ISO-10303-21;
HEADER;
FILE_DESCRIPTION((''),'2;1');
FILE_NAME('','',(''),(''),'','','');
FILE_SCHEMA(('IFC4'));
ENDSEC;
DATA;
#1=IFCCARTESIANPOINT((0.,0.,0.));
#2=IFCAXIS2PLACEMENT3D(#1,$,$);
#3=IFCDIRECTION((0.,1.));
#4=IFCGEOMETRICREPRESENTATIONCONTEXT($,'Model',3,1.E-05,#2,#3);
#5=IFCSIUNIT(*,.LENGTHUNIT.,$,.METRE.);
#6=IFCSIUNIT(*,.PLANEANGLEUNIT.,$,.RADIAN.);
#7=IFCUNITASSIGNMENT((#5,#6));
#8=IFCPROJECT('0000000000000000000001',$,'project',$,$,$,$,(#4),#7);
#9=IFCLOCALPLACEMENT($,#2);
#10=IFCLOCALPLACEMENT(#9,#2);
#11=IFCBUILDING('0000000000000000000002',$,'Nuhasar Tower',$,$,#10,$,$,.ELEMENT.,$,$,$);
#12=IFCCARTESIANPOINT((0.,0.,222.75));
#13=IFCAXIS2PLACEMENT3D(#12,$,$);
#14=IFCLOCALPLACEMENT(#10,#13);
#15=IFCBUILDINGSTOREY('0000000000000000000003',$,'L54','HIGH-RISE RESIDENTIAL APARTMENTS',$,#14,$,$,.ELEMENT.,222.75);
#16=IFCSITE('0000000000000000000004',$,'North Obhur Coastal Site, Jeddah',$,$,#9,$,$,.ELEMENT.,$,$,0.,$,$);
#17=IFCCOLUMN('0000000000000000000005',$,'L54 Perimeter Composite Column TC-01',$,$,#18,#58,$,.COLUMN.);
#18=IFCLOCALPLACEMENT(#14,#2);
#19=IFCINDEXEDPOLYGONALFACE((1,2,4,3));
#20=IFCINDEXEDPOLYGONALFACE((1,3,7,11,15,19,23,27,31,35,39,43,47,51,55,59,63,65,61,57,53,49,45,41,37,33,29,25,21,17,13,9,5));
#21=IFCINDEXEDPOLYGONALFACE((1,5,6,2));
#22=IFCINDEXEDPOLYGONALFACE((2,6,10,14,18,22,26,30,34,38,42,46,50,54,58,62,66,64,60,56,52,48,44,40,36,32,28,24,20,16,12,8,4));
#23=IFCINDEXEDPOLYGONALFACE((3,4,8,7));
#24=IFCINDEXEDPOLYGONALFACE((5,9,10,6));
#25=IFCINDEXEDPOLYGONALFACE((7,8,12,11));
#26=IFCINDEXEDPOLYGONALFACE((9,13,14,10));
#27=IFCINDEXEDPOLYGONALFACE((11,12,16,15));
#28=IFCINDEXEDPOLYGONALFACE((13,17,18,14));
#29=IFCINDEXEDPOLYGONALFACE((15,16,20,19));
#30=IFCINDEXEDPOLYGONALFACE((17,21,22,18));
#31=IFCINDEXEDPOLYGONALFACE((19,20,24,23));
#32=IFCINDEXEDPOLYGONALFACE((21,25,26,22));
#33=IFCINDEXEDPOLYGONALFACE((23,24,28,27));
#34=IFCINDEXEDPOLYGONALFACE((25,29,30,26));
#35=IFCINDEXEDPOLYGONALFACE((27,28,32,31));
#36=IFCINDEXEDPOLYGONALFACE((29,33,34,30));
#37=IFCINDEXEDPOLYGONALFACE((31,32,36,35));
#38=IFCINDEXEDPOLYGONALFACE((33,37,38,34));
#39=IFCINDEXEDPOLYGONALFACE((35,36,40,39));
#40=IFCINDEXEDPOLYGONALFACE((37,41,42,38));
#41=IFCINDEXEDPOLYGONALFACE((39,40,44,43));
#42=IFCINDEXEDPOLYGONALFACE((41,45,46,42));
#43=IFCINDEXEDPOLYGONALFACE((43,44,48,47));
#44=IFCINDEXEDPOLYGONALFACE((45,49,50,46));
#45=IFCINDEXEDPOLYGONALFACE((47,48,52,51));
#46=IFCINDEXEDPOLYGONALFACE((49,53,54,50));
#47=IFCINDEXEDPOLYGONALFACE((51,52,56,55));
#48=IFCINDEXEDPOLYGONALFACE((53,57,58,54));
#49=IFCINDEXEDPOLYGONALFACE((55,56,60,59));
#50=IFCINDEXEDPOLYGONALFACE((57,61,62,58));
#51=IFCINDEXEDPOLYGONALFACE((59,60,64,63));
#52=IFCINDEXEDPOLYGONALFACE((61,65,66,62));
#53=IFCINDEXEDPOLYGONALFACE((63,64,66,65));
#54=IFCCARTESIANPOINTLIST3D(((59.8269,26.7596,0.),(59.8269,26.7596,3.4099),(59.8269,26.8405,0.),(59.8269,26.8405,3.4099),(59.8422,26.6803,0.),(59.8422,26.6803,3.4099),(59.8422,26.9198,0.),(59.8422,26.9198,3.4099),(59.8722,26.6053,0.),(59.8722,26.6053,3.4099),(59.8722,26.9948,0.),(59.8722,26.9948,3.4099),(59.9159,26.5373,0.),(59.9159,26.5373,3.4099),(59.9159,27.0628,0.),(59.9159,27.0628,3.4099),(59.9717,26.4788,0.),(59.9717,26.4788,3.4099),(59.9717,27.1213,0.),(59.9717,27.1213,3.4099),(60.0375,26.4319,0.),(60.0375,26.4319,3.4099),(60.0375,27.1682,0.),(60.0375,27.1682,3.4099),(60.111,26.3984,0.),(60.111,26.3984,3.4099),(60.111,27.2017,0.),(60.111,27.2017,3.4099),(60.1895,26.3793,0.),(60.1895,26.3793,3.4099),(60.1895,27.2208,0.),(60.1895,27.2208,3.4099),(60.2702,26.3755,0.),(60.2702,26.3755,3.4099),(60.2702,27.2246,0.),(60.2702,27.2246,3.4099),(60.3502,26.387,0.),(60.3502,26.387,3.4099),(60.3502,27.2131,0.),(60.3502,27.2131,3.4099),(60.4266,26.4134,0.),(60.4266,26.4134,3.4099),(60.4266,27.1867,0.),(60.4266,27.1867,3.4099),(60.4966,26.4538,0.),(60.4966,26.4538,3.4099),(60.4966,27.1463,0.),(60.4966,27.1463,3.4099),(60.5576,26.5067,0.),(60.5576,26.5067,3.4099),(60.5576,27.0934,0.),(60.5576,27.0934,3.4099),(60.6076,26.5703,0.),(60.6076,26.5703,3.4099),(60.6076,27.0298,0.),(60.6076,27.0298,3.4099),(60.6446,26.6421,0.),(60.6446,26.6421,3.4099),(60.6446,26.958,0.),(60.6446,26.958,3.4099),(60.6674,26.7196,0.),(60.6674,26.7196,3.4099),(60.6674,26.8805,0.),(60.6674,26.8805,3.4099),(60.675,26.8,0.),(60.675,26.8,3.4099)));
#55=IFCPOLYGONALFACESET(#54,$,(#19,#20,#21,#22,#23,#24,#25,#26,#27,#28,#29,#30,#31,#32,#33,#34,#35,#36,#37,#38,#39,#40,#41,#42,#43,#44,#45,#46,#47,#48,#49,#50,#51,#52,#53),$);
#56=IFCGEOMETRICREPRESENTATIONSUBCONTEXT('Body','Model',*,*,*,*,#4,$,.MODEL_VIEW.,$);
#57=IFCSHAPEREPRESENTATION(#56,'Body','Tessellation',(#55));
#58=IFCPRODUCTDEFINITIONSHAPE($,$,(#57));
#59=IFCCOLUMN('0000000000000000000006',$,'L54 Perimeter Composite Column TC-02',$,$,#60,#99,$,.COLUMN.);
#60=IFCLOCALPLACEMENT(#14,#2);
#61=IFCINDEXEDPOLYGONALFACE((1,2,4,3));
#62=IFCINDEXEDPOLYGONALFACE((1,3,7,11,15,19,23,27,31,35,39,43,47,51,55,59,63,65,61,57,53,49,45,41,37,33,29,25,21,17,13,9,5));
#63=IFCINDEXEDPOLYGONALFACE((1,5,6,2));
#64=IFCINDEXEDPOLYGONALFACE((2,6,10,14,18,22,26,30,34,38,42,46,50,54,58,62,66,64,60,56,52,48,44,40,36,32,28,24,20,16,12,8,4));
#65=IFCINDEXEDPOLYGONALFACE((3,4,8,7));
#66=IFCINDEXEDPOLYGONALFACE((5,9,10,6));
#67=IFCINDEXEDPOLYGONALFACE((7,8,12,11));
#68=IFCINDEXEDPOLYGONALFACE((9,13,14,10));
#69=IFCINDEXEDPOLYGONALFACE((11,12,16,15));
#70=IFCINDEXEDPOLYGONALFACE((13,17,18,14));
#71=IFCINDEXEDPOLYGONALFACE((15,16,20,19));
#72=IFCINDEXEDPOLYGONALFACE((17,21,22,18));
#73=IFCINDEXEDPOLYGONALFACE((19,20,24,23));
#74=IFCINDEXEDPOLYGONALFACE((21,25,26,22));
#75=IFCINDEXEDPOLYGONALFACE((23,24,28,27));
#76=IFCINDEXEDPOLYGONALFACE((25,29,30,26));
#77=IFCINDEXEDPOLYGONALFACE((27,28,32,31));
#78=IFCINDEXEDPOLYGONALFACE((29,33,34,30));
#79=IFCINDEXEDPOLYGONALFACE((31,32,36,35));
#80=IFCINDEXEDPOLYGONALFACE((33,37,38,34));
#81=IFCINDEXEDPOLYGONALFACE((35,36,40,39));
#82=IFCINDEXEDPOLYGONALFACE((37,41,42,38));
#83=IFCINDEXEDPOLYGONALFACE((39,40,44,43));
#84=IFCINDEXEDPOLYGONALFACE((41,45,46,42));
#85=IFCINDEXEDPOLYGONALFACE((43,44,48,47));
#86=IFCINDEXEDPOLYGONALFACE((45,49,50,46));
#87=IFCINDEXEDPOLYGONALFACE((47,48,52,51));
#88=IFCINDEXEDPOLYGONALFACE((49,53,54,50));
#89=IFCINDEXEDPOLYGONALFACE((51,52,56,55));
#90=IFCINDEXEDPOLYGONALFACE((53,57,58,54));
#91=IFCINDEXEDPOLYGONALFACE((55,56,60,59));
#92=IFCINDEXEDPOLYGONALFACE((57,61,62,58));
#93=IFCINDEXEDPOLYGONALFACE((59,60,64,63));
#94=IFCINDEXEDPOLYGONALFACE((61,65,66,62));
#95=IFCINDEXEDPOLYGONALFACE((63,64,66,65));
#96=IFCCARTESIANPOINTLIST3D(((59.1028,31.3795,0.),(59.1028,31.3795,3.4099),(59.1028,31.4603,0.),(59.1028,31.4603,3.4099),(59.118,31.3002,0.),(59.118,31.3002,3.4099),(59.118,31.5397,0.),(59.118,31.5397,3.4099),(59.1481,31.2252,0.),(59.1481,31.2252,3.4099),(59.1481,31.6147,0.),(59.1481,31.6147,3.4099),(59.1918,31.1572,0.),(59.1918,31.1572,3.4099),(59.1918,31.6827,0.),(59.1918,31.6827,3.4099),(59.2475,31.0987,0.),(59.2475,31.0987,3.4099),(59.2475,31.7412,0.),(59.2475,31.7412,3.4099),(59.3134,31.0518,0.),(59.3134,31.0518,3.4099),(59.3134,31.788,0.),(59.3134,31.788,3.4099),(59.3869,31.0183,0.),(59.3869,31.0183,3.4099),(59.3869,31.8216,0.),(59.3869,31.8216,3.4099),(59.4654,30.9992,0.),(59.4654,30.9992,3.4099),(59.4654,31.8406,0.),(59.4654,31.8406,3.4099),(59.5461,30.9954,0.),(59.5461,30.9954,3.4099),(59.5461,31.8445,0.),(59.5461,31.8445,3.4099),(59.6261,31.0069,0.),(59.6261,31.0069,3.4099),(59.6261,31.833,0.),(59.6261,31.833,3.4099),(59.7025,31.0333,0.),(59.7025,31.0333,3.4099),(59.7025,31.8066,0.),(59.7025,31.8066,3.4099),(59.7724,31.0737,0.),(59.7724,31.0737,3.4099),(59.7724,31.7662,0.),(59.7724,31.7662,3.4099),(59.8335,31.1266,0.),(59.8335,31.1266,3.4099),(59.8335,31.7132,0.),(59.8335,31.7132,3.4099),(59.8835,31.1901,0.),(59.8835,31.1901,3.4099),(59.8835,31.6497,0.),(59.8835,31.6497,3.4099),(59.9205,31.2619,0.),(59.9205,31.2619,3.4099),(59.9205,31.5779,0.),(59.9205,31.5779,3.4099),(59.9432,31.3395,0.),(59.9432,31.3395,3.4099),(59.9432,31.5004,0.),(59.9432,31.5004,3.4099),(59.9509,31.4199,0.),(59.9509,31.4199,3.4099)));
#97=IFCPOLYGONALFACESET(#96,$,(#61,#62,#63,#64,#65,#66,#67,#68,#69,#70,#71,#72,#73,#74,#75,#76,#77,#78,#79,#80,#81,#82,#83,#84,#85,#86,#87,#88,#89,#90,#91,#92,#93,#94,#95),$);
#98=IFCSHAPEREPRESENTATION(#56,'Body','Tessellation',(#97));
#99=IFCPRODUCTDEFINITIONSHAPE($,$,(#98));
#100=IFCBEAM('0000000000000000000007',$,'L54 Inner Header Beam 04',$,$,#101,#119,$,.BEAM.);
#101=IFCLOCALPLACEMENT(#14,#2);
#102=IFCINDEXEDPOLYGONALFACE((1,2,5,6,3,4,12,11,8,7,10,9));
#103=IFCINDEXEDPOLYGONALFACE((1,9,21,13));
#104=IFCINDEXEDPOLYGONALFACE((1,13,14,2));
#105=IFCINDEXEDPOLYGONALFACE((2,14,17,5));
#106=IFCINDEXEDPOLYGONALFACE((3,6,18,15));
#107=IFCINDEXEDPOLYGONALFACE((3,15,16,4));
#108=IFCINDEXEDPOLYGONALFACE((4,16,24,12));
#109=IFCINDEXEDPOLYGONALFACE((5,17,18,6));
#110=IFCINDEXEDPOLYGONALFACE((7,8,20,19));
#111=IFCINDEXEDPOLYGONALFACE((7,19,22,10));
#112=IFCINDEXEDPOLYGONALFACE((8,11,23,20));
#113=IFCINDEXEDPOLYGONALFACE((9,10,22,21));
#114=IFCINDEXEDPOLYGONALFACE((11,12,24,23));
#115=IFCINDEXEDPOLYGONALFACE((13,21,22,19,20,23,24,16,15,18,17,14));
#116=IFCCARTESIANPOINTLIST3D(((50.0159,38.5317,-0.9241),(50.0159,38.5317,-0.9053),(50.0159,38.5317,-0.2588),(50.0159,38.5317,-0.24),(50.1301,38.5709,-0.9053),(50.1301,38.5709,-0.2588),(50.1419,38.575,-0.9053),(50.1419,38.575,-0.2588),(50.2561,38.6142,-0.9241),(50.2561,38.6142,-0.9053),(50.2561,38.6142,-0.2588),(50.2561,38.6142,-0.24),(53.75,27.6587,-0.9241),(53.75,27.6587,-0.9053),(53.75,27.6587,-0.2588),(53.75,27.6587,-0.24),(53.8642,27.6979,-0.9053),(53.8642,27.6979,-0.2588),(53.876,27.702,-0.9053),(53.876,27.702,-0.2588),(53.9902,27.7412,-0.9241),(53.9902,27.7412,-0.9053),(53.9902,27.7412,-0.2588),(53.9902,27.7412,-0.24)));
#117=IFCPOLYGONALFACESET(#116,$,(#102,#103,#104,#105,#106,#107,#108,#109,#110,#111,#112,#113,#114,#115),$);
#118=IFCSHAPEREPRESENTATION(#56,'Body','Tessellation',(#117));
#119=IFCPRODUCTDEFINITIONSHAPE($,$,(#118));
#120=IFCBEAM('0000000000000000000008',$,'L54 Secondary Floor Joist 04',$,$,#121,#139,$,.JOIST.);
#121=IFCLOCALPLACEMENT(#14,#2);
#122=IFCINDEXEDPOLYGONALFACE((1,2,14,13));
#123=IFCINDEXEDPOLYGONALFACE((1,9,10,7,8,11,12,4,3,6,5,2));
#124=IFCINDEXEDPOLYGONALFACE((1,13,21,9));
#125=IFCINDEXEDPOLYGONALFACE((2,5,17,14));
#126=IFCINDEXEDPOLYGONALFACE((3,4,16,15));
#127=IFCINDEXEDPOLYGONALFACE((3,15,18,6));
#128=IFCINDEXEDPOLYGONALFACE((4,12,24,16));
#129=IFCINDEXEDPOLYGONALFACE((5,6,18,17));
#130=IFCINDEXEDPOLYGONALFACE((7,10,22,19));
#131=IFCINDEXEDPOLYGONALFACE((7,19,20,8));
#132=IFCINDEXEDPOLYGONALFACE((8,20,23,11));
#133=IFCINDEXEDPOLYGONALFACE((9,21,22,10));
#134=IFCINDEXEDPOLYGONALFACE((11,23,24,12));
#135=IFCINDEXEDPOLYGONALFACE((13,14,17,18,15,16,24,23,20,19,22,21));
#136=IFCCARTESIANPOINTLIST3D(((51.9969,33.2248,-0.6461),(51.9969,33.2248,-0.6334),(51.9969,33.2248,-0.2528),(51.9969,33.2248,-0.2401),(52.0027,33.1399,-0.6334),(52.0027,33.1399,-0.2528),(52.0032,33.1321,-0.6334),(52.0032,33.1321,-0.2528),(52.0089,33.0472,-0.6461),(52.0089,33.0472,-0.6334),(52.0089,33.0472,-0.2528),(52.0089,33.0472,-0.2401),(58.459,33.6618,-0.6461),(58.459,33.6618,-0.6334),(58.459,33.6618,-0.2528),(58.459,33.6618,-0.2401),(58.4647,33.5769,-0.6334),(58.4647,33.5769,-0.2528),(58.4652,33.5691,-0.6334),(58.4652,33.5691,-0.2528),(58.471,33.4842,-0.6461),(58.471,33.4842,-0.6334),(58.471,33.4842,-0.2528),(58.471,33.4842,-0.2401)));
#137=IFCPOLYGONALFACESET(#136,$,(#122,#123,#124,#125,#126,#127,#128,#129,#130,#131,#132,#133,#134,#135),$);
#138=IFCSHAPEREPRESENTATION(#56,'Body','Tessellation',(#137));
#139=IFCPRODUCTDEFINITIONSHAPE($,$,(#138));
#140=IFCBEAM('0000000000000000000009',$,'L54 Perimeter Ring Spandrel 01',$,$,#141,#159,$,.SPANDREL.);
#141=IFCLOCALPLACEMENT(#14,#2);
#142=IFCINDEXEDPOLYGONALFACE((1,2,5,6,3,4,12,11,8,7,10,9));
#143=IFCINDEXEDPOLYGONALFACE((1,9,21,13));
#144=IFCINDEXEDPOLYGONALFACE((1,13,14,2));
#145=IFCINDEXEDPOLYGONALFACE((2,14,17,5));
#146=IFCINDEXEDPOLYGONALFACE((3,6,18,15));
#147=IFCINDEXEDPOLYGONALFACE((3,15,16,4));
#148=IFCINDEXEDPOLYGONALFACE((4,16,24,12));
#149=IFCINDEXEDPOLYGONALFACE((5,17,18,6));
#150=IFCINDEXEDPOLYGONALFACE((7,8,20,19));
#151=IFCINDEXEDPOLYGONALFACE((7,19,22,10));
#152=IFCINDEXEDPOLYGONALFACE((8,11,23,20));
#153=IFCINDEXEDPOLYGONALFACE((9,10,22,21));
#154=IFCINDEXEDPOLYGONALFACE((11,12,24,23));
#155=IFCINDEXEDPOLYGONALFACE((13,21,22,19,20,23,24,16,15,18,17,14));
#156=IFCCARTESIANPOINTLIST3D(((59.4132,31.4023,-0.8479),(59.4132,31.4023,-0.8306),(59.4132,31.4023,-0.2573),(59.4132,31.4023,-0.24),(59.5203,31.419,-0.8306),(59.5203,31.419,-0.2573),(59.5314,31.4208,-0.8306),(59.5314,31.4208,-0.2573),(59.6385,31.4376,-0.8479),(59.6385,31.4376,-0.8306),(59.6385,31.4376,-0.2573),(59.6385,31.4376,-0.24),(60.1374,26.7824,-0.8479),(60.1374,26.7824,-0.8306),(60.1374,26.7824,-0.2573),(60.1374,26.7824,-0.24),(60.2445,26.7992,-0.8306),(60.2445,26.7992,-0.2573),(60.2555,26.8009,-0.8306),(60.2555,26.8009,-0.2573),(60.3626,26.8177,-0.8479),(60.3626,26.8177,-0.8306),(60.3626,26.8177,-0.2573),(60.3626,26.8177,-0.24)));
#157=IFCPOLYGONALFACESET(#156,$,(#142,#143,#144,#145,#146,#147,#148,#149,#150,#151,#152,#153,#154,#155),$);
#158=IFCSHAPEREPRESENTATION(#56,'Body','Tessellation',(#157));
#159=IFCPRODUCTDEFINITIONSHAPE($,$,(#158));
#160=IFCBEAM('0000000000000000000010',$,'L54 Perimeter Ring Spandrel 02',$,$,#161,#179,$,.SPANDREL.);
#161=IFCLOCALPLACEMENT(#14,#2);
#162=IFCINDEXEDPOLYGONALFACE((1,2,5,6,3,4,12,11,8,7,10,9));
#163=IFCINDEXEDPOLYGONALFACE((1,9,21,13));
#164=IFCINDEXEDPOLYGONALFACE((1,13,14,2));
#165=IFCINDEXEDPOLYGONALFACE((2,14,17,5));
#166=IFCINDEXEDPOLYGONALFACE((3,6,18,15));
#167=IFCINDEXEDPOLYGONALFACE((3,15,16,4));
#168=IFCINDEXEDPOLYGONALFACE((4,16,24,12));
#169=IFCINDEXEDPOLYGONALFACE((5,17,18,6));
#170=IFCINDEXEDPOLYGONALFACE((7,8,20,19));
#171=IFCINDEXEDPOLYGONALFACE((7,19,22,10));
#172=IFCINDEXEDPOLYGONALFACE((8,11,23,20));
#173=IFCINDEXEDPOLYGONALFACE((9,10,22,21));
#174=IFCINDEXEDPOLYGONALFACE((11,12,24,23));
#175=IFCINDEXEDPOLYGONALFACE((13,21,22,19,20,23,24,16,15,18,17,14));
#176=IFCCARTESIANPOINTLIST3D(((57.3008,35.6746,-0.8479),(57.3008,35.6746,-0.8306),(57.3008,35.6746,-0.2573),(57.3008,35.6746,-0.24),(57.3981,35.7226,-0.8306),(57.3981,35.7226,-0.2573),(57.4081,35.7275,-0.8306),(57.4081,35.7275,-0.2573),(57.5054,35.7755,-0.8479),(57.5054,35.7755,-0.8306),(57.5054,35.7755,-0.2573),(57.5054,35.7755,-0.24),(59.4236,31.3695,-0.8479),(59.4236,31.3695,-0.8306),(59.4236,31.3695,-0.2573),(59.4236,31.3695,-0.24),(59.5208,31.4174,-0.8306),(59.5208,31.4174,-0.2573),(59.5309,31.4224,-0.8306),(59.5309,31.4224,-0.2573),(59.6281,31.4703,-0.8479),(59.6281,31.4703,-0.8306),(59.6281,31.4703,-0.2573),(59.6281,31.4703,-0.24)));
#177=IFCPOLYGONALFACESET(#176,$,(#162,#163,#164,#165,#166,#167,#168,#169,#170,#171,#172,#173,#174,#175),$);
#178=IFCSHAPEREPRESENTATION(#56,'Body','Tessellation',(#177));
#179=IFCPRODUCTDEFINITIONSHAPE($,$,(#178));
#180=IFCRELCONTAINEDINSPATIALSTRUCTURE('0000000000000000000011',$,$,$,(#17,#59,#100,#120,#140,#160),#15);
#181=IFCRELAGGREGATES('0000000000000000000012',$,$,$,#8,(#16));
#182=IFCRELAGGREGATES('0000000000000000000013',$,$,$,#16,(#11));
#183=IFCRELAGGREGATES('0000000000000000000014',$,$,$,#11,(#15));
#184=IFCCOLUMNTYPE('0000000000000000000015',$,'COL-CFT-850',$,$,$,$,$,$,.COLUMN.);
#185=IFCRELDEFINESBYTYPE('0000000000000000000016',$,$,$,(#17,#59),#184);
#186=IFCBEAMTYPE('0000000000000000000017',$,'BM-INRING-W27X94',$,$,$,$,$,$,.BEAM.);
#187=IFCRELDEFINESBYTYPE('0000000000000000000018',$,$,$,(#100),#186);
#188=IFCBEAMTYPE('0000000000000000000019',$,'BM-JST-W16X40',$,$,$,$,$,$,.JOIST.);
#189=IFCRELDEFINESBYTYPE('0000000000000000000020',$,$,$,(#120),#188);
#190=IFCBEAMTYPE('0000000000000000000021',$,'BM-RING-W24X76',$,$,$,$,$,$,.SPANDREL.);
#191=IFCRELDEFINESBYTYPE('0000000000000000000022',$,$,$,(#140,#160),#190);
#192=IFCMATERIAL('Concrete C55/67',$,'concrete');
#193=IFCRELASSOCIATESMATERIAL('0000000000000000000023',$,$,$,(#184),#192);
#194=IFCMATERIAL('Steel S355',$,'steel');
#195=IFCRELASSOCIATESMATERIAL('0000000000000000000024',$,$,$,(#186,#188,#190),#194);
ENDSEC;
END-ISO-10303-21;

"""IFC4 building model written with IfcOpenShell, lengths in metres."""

from ifc_helpers import new_model, si_unit, direction, frame, origin, origin_2d, place, context, subcontext, project, spatial, circle, i_section, extrude, material, material_profile, profile_set, type_object, element, save


model = new_model("IFC4")

# Units and contexts
model_context = context("Model", 3, precision=1e-05, world=origin(), true_north=direction((0.0, 1.0)))
body_context = subcontext(model_context, "Body", "Model", "MODEL_VIEW")
ifc_project = project(units=[si_unit("LENGTHUNIT", "METRE"), si_unit("PLANEANGLEUNIT", "RADIAN")], contexts=[model_context])

# Site, building, storey
site_placement = place(None, origin())
site = spatial("IfcSite", under=ifc_project, at=site_placement, Name="North Obhur Coastal Site, Jeddah", CompositionType="ELEMENT", RefElevation=0.0)
building_placement = place(site_placement, origin())
building = spatial("IfcBuilding", under=site, at=building_placement, Name="Nuhasar Tower", CompositionType="ELEMENT")
storey_placement = place(building_placement, frame((0.0, 0.0, 222.75)))
storey = spatial("IfcBuildingStorey", under=building, at=storey_placement, Name="L54", Description="HIGH-RISE RESIDENTIAL APARTMENTS", CompositionType="ELEMENT", Elevation=222.75)

# Columns
ifc_material_1 = material(Name="Concrete C55/67", Category="concrete")
ifc_material_profile_1 = material_profile(ifc_material_1, circle(Radius=0.425, at=origin_2d()), Name="CFT850")
ifc_profile_set_1 = profile_set([ifc_material_profile_1], Name="Concrete C55/67")
column_type = type_object("IfcColumnType", Name="COL-CFT-850", PredefinedType="COLUMN", material=ifc_profile_set_1)
for number, where, z_axis, x_axis, name in (
    (1, (60.25, 26.8, 0.0), (0.0, 0.0, 1.0), (1.0, 0.0, 0.0), "L54 Perimeter Composite Column TC-01"),
    (2, (59.5259, 31.4199, 0.0), (0.0, 0.0, 1.0), (1.0, 0.0, 0.0), "L54 Perimeter Composite Column TC-02"),
):
    element("IfcColumn", number, at=place(storey_placement, frame(where, z_axis=z_axis, x_axis=x_axis)), inside=storey, type_object=column_type, Name=name, PredefinedType="COLUMN", context=body_context, shape_type="SweptSolid", body=[
        extrude(circle(Radius=0.425, at=origin_2d()), origin(), (0.0, 0.0, 1.0), 3.4099),
    ])

# Beams
ifc_material_2 = material(Name="Steel S355", Category="steel")
ifc_material_profile_2 = material_profile(ifc_material_2, i_section(OverallWidth=0.2539, OverallDepth=0.6841, WebThickness=0.0125, FlangeThickness=0.0188, at=origin_2d()), Name="W27X94")
ifc_profile_set_2 = profile_set([ifc_material_profile_2], Name="Steel S355")
beam_type_1 = type_object("IfcBeamType", Name="BM-INRING-W27X94", PredefinedType="BEAM", material=ifc_profile_set_2)
beam_1_placement = place(storey_placement, frame((53.8701, 27.7, -0.582), z_axis=(-0.324809, 0.94578, 0.0), x_axis=(-0.94578, -0.324809, 0.0)))
element("IfcBeam", 3, at=beam_1_placement, inside=storey, type_object=beam_type_1, Name="L54 Inner Header Beam 04", PredefinedType="BEAM", context=body_context, shape_type="SweptSolid", body=[
    extrude(i_section(OverallWidth=0.2539, OverallDepth=0.6841, WebThickness=0.0125, FlangeThickness=0.0188, at=origin_2d()), origin(), (0.0, 0.0, 1.0), 11.4963),
])
ifc_material_profile_3 = material_profile(ifc_material_2, i_section(OverallWidth=0.178, OverallDepth=0.406, WebThickness=0.0078, FlangeThickness=0.0127, at=origin_2d()), Name="W16X40")
ifc_profile_set_3 = profile_set([ifc_material_profile_3], Name="Steel S355")
beam_type_2 = type_object("IfcBeamType", Name="BM-JST-W16X40", PredefinedType="JOIST", material=ifc_profile_set_3)
beam_2_placement = place(storey_placement, frame((52.0029, 33.136, -0.4431), z_axis=(0.997721, 0.067472, 0.0), x_axis=(-0.067472, 0.997721, 0.0)))
element("IfcBeam", 4, at=beam_2_placement, inside=storey, type_object=beam_type_2, Name="L54 Secondary Floor Joist 04", PredefinedType="JOIST", context=body_context, shape_type="SweptSolid", body=[
    extrude(i_section(OverallWidth=0.178, OverallDepth=0.406, WebThickness=0.0078, FlangeThickness=0.0127, at=origin_2d()), origin(), (0.0, 0.0, 1.0), 6.4768),
])
ifc_material_profile_4 = material_profile(ifc_material_2, i_section(OverallWidth=0.228, OverallDepth=0.6079, WebThickness=0.0112, FlangeThickness=0.0173, at=origin_2d()), Name="W24X76")
ifc_profile_set_4 = profile_set([ifc_material_profile_4], Name="Steel S355")
beam_type_3 = type_object("IfcBeamType", Name="BM-RING-W24X76", PredefinedType="SPANDREL", material=ifc_profile_set_4)
beam_3_placement = place(storey_placement, frame((60.25, 26.8, -0.5439), z_axis=(-0.15485, 0.987938, 0.0), x_axis=(-0.987938, -0.15485, 0.0)))
element("IfcBeam", 5, at=beam_3_placement, inside=storey, type_object=beam_type_3, Name="L54 Perimeter Ring Spandrel 01", PredefinedType="SPANDREL", context=body_context, shape_type="SweptSolid", body=[
    extrude(i_section(OverallWidth=0.228, OverallDepth=0.6079, WebThickness=0.0112, FlangeThickness=0.0173, at=origin_2d()), origin(), (0.0, 0.0, 1.0), 4.6763),
])
beam_4_placement = place(storey_placement, frame((59.5259, 31.4199, -0.5439), z_axis=(-0.442243, 0.896895, 0.0), x_axis=(-0.896895, -0.442243, 0.0)))
element("IfcBeam", 6, at=beam_4_placement, inside=storey, type_object=beam_type_3, Name="L54 Perimeter Ring Spandrel 02", PredefinedType="SPANDREL", context=body_context, shape_type="SweptSolid", body=[
    extrude(i_section(OverallWidth=0.228, OverallDepth=0.6079, WebThickness=0.0112, FlangeThickness=0.0173, at=origin_2d()), origin(), (0.0, 0.0, 1.0), 4.8),
])

save(model, "model.ifc")
